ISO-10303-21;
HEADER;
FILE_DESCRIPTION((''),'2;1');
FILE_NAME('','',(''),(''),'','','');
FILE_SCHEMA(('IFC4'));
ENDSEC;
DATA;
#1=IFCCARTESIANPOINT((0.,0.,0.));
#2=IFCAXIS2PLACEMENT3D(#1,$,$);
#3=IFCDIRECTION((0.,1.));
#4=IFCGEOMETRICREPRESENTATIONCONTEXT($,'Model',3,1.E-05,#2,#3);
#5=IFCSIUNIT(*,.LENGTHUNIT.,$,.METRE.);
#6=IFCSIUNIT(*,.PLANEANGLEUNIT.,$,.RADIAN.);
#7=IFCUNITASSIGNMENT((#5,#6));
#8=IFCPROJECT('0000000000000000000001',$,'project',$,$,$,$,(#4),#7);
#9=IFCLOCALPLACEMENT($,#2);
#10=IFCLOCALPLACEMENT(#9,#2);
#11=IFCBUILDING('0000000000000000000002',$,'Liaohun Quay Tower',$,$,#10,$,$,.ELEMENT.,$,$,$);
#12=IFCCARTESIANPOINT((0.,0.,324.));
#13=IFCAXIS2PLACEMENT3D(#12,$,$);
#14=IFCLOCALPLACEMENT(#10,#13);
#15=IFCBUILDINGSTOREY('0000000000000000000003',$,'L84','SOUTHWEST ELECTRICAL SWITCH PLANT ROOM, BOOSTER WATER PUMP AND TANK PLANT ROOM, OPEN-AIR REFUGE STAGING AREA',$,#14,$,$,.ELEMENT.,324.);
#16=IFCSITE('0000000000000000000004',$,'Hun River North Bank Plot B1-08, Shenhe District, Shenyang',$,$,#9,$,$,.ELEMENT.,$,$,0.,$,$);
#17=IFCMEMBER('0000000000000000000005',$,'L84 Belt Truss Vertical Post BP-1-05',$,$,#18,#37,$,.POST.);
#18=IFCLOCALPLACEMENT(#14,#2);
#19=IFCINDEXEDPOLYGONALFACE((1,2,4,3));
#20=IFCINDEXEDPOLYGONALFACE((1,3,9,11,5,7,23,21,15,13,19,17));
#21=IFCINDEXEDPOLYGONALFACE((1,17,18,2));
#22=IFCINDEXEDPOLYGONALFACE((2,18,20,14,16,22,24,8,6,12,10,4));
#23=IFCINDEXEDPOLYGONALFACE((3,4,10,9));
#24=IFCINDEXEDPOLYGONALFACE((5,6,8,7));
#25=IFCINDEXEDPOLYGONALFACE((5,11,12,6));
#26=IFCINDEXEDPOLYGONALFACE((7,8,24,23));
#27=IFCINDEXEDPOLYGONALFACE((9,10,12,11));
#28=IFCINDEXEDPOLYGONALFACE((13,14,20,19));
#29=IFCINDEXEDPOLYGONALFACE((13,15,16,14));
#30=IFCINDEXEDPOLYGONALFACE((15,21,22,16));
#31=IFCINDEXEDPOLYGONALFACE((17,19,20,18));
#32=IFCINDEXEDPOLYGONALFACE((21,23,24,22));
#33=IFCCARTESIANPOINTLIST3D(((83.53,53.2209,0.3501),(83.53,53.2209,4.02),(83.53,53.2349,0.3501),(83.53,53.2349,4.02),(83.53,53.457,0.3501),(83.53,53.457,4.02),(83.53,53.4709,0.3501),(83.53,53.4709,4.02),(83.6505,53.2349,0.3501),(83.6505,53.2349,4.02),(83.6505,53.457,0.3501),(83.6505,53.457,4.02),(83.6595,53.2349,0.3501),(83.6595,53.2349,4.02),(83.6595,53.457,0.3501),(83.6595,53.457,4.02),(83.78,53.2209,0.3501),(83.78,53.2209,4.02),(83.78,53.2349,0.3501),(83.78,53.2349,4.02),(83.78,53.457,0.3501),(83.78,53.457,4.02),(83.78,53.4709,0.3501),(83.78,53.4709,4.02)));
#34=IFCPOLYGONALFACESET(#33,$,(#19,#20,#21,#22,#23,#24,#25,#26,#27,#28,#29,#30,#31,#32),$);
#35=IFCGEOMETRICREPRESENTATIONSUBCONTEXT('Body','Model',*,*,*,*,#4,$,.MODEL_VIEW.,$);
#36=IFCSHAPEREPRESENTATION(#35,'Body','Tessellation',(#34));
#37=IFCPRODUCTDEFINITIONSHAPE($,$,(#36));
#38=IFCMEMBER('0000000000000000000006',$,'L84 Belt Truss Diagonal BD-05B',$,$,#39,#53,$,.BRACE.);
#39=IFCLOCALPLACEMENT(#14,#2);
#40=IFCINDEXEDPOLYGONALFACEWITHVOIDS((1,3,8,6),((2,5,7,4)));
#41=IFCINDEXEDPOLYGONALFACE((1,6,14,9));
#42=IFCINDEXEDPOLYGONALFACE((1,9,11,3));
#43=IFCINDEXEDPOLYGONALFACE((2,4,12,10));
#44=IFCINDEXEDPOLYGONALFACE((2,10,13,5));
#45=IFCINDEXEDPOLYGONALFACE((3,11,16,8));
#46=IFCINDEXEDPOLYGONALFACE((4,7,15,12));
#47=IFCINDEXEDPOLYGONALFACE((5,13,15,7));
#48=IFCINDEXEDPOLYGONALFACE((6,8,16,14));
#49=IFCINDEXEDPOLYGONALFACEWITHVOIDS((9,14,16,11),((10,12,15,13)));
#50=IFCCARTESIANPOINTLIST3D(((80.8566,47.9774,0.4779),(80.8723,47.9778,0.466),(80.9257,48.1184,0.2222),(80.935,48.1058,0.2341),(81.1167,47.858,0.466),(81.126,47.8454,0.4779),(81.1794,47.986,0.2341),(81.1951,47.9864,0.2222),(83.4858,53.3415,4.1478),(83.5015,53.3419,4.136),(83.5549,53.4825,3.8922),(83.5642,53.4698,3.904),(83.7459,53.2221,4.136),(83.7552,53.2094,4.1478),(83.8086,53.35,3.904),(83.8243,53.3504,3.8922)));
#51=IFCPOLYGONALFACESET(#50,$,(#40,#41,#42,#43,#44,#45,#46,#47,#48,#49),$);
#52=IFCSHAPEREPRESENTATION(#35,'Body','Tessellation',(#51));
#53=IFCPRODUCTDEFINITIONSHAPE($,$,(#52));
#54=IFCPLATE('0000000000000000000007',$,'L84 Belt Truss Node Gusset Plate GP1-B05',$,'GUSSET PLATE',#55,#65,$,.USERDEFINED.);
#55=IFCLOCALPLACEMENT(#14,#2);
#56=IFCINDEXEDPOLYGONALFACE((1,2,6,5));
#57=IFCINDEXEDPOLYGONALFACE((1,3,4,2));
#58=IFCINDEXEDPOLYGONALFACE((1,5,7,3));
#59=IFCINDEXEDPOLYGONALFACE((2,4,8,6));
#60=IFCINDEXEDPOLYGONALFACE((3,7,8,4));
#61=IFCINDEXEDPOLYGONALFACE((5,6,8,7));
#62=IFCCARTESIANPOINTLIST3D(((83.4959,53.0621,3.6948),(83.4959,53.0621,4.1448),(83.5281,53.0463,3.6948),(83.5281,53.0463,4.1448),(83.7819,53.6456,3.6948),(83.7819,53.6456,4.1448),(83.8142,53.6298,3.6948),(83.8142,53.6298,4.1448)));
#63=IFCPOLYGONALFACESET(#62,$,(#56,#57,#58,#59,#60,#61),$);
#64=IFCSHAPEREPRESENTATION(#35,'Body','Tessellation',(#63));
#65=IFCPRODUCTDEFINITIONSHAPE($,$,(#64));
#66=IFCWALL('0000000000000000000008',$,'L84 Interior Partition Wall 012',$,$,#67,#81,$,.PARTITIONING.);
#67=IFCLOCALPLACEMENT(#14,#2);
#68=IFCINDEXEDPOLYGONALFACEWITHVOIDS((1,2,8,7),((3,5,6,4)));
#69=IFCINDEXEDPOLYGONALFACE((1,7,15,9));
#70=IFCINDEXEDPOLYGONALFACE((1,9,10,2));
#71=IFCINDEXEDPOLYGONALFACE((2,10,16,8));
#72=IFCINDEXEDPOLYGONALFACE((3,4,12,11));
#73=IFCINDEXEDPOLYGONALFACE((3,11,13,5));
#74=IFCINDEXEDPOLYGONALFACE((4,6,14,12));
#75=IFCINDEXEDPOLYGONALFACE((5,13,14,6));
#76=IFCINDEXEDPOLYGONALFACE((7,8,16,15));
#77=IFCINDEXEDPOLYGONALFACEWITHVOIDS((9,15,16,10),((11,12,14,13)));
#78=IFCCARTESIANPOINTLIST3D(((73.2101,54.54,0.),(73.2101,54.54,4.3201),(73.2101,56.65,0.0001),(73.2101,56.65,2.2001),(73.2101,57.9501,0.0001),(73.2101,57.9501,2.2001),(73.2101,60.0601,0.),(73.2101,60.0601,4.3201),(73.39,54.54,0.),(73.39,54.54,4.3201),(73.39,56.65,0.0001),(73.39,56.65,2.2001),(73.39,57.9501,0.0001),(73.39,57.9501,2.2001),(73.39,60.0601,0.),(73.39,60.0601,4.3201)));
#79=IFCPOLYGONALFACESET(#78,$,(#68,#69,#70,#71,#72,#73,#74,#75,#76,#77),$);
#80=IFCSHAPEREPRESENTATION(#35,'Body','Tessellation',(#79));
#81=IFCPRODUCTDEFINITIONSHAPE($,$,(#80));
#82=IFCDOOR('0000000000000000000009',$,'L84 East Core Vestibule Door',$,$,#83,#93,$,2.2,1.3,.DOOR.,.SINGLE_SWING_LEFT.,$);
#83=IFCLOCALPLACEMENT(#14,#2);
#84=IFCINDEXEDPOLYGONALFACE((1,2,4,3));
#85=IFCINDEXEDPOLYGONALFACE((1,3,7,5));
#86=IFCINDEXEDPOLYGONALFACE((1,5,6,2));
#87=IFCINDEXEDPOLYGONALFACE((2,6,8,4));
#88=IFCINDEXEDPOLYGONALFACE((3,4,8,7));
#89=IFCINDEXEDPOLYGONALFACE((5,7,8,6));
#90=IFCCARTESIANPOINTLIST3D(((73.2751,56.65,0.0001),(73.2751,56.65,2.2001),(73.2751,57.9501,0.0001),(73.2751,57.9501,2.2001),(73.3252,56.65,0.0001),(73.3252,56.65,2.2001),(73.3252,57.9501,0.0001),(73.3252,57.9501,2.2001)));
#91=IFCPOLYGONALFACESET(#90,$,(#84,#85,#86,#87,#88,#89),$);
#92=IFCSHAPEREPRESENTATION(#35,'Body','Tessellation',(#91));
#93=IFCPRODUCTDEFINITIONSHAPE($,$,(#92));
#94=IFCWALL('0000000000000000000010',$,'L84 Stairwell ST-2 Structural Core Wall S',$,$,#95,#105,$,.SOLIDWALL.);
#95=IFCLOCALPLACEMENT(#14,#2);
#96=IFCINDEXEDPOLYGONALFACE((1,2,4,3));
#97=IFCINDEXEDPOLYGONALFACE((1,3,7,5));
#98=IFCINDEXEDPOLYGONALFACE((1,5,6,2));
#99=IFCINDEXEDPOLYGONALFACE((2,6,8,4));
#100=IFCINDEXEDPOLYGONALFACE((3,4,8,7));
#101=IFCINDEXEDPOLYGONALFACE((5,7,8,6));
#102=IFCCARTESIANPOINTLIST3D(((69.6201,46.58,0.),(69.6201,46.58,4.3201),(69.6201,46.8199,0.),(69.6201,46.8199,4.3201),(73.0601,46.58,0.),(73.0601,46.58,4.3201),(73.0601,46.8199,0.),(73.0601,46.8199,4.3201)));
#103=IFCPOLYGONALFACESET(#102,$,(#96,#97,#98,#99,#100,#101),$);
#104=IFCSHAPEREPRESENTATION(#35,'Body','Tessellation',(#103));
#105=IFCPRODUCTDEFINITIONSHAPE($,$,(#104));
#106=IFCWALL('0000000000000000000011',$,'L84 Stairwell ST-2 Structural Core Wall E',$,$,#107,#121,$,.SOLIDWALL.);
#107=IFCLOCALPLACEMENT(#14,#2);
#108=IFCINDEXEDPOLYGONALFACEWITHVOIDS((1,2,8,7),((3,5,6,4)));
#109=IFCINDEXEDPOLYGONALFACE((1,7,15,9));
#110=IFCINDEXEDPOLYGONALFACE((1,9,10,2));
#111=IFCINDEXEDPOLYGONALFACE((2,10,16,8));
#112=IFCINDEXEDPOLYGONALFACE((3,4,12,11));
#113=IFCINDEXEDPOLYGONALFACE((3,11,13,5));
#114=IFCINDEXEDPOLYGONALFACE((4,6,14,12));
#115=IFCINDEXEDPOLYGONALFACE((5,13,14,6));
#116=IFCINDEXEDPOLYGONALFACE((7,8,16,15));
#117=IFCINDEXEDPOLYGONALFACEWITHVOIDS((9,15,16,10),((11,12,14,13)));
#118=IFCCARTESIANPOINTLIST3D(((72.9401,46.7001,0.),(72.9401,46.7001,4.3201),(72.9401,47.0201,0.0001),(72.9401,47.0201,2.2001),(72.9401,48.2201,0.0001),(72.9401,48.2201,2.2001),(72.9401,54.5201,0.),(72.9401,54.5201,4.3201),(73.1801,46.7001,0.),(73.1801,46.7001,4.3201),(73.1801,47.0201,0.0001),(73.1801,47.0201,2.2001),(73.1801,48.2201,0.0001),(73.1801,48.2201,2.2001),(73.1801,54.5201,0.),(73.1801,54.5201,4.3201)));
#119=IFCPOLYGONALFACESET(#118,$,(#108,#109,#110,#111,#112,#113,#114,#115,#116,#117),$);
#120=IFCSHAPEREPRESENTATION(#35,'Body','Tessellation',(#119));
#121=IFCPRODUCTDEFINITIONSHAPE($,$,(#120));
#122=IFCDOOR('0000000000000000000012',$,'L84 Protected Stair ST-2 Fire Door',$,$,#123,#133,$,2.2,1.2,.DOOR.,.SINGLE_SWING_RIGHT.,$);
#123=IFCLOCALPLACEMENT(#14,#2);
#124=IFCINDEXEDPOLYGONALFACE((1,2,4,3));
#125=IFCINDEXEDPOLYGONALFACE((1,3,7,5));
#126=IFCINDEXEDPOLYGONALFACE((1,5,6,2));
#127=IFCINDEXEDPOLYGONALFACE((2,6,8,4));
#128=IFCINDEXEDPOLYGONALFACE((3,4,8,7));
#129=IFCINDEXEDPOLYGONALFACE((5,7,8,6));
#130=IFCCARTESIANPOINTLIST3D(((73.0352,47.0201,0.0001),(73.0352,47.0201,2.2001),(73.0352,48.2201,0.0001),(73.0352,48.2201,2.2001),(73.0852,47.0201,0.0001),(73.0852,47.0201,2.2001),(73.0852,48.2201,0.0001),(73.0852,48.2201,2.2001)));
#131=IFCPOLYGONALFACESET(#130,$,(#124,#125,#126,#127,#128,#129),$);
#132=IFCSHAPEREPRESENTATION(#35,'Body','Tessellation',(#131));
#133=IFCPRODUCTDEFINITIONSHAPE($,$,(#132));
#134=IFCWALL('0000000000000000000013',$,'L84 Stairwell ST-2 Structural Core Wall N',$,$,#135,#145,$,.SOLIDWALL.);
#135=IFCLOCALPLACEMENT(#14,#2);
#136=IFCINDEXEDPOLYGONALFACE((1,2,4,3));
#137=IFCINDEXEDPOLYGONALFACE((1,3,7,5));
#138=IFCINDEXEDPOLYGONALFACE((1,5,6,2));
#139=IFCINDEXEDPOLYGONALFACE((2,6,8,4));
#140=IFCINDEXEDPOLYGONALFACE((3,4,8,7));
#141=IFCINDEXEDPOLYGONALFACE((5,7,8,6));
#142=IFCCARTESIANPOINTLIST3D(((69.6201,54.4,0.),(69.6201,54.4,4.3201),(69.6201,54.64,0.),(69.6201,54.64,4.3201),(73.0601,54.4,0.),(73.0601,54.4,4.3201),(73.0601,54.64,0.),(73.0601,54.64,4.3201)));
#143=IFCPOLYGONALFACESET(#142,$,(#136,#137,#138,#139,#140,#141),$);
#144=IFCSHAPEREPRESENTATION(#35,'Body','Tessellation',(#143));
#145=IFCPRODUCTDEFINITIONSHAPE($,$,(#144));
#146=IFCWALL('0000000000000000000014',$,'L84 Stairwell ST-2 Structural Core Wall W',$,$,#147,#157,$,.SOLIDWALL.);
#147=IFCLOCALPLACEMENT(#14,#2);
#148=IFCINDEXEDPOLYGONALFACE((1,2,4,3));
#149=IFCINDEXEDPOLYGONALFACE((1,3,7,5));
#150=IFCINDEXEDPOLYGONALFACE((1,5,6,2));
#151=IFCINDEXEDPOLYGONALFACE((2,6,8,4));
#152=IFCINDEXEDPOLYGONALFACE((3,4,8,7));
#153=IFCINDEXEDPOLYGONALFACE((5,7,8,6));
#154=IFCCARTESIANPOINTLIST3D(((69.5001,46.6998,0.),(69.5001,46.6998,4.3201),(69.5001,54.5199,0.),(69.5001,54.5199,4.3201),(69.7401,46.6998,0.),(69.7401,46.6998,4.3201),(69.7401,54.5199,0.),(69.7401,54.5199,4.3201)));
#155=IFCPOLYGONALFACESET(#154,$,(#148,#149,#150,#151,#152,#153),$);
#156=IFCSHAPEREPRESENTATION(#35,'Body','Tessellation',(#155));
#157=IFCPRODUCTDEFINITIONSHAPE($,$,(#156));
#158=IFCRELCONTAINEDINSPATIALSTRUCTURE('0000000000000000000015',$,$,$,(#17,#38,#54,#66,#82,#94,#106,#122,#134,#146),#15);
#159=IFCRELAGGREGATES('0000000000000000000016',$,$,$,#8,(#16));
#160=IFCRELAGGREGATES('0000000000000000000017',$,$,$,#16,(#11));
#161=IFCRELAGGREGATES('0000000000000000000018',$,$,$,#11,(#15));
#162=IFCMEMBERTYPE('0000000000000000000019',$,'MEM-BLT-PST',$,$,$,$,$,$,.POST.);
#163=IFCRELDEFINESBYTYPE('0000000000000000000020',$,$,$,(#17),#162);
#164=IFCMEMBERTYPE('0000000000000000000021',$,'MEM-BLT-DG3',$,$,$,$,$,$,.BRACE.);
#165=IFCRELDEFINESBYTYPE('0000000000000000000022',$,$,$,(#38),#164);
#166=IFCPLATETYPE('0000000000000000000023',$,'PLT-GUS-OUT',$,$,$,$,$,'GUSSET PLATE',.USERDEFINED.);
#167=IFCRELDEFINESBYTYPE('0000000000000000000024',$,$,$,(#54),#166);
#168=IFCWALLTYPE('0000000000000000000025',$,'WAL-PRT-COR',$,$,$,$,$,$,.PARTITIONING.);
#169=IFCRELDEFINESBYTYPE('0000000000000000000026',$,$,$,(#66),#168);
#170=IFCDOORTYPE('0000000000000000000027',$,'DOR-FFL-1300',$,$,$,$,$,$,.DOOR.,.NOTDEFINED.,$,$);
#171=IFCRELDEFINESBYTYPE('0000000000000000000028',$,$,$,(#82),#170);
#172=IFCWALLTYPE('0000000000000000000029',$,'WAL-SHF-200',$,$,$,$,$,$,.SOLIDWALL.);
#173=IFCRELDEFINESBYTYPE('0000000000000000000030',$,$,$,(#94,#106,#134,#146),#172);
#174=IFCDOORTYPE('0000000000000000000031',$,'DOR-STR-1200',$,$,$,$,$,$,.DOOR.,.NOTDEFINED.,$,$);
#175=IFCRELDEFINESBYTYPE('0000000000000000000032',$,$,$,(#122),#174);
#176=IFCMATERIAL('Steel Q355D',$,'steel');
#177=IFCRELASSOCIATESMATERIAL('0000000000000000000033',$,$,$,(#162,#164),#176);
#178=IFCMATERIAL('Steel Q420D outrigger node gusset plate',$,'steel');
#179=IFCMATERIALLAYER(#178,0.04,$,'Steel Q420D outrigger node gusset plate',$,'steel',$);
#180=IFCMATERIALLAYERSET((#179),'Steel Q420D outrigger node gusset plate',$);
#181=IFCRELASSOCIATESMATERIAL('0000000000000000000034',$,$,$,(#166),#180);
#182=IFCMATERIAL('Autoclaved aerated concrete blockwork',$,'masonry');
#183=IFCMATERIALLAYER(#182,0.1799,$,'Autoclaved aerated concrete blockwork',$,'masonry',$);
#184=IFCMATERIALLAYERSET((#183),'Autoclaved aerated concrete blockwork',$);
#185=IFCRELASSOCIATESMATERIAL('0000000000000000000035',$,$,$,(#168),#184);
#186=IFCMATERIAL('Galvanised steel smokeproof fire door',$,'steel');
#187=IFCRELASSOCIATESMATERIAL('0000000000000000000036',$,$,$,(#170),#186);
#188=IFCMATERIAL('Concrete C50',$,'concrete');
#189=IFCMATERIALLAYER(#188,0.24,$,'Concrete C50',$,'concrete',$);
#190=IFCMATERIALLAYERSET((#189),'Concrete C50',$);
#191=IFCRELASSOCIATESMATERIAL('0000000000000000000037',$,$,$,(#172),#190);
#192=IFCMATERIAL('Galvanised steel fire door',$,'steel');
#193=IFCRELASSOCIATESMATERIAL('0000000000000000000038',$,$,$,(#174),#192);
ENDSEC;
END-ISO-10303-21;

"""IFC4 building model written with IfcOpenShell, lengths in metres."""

from ifc_helpers import new_model, si_unit, direction, frame, frame_2d, origin, origin_2d, place, context, subcontext, project, spatial, rectangle, hollow_rectangle, i_section, extrude, source, transform, mapped, material, layer, layer_set, material_profile, profile_set, type_object, element, fill, save


model = new_model("IFC4")

# Units and contexts
model_context = context("Model", 3, precision=1e-05, world=origin(), true_north=direction((0.0, 1.0)))
body_context = subcontext(model_context, "Body", "Model", "MODEL_VIEW")
ifc_project = project(units=[si_unit("LENGTHUNIT", "METRE"), si_unit("PLANEANGLEUNIT", "RADIAN")], contexts=[model_context])

# Site, building, storey
site_placement = place(None, origin())
site = spatial("IfcSite", under=ifc_project, at=site_placement, Name="Hun River North Bank Plot B1-08, Shenhe District, Shenyang", CompositionType="ELEMENT", RefElevation=0.0)
building_placement = place(site_placement, origin())
building = spatial("IfcBuilding", under=site, at=building_placement, Name="Liaohun Quay Tower", CompositionType="ELEMENT")
storey_placement = place(building_placement, frame((0.0, 0.0, 324.0)))
storey = spatial("IfcBuildingStorey", under=building, at=storey_placement, Name="L84", Description="SOUTHWEST ELECTRICAL SWITCH PLANT ROOM, BOOSTER WATER PUMP AND TANK PLANT ROOM, OPEN-AIR REFUGE STAGING AREA", CompositionType="ELEMENT", Elevation=324.0)

# Members
ifc_material_1 = material(Name="Steel Q355D", Category="steel")
ifc_material_profile_1 = material_profile(ifc_material_1, i_section(OverallWidth=0.25, OverallDepth=0.25, WebThickness=0.009, FlangeThickness=0.0139, at=origin_2d()), Name="HW250x250x9x14")
ifc_profile_set_1 = profile_set([ifc_material_profile_1], Name="Steel Q355D")
member_type_1 = type_object("IfcMemberType", Name="MEM-BLT-PST", PredefinedType="POST", material=ifc_profile_set_1)
shared_shape_1 = source(origin(), body_context, "Body", "SweptSolid", [
    extrude(i_section(OverallWidth=0.25, OverallDepth=0.25, WebThickness=0.009, FlangeThickness=0.0139, at=origin_2d()), origin(), (0.0, 0.0, 1.0), 3.6699),
])
member_1_placement = place(storey_placement, frame((83.655, 53.3459, 0.3501), z_axis=(0.0, 0.0, 1.0), x_axis=(1.0, 0.0, 0.0)))
element("IfcMember", 1, at=member_1_placement, inside=storey, type_object=member_type_1, Name="L84 Belt Truss Vertical Post BP-1-05", PredefinedType="POST", context=body_context, shape_type="MappedRepresentation", body=[
    mapped(shared_shape_1, transform((0.0, 0.0, 0.0), x_axis=(1.0, 0.0, 0.0), y_axis=(0.0, 1.0, 0.0), z_axis=(0.0, 0.0, 1.0), scale=1.0)),
])
ifc_material_profile_2 = material_profile(ifc_material_1, hollow_rectangle(XDim=0.3, YDim=0.3, WallThickness=0.0139, at=origin_2d()), Name="SHS300x300x14")
ifc_profile_set_2 = profile_set([ifc_material_profile_2], Name="Steel Q355D")
member_type_2 = type_object("IfcMemberType", Name="MEM-BLT-DG3", PredefinedType="BRACE", material=ifc_profile_set_2)
shared_shape_2 = source(origin(), body_context, "Body", "SweptSolid", [
    extrude(hollow_rectangle(XDim=0.3, YDim=0.3, WallThickness=0.0139, at=origin_2d()), origin(), (0.0, 0.0, 1.0), 7.011),
])
member_2_placement = place(storey_placement, frame((83.655, 53.3459, 4.02), z_axis=(-0.375006, -0.765091, -0.523456), x_axis=(0.897938, -0.440121, 0.0)))
element("IfcMember", 2, at=member_2_placement, inside=storey, type_object=member_type_2, Name="L84 Belt Truss Diagonal BD-05B", PredefinedType="BRACE", context=body_context, shape_type="MappedRepresentation", body=[
    mapped(shared_shape_2, transform((0.0, 0.0, 0.0), x_axis=(1.0, 0.0, 0.0), y_axis=(0.0, 1.0, 0.0), z_axis=(0.0, 0.0, 1.0), scale=1.0)),
])

# Plate
ifc_material_2 = material(Name="Steel Q420D outrigger node gusset plate", Category="steel")
ifc_layer_1 = layer(ifc_material_2, 0.04, Name="Steel Q420D outrigger node gusset plate", Category="steel")
ifc_layer_set_1 = layer_set([ifc_layer_1], Name="Steel Q420D outrigger node gusset plate")
plate_type = type_object("IfcPlateType", Name="PLT-GUS-OUT", ElementType="GUSSET PLATE", PredefinedType="USERDEFINED", material=ifc_layer_set_1)
shared_shape_3 = source(origin(), body_context, "Body", "SweptSolid", [
    extrude(rectangle(XDim=0.6499, YDim=0.0359, at=origin_2d()), origin(), (0.0, 0.0, 1.0), 0.45),
])
plate_placement = place(storey_placement, frame((83.655, 53.3459, 3.6948), z_axis=(0.0, 0.0, 1.0), x_axis=(-0.440096, -0.897951, 0.0)))
element("IfcPlate", 3, at=plate_placement, inside=storey, type_object=plate_type, Name="L84 Belt Truss Node Gusset Plate GP1-B05", ObjectType="GUSSET PLATE", PredefinedType="USERDEFINED", context=body_context, shape_type="MappedRepresentation", body=[
    mapped(shared_shape_3, transform((0.0, 0.0, 0.0), x_axis=(1.0, 0.0, 0.0), y_axis=(0.0, 1.0, 0.0), z_axis=(0.0, 0.0, 1.0), scale=1.0)),
])

# Wall, opening, door
ifc_material_3 = material(Name="Autoclaved aerated concrete blockwork", Category="masonry")
ifc_layer_2 = layer(ifc_material_3, 0.1799, Name="Autoclaved aerated concrete blockwork", Category="masonry")
ifc_layer_set_2 = layer_set([ifc_layer_2], Name="Autoclaved aerated concrete blockwork")
wall_type_1 = type_object("IfcWallType", Name="WAL-PRT-COR", PredefinedType="PARTITIONING", material=ifc_layer_set_2)
wall_1_placement = place(storey_placement, frame((73.3, 54.54, 0.0), z_axis=(0.0, 0.0, 1.0), x_axis=(0.0, 1.0, 0.0)))
wall_1 = element("IfcWall", 4, at=wall_1_placement, inside=storey, type_object=wall_type_1, Name="L84 Interior Partition Wall 012", PredefinedType="PARTITIONING", context=body_context, shape_type="SweptSolid", body=[
    extrude(rectangle(XDim=5.52, YDim=0.1799, at=frame_2d((2.76, 0.0))), origin(), (0.0, 0.0, 1.0), 4.3201),
])
shared_shape_4 = source(origin(), body_context, "Body", "SweptSolid", [
    extrude(rectangle(XDim=1.3, YDim=2.2, at=frame_2d((0.6499, 1.1001))), frame((0.0, 0.0999, 0.0), z_axis=(0.0, -1.0, 0.0), x_axis=(1.0, 0.0, 0.0)), (0.0, 0.0, 1.0), 0.2),
])
opening_1_placement = place(wall_1_placement, frame((2.1101, 0.0, 0.0)))
opening_1 = element("IfcOpeningElement", 5, at=opening_1_placement, cuts=wall_1, PredefinedType="OPENING", context=body_context, shape_type="MappedRepresentation", body=[
    mapped(shared_shape_4, transform((0.0, 0.0, 0.0), x_axis=(1.0, 0.0, 0.0), y_axis=(0.0, 1.0, 0.0), z_axis=(0.0, 0.0, 1.0), scale=1.0)),
])
ifc_material_4 = material(Name="Galvanised steel smokeproof fire door", Category="steel")
door_type_1 = type_object("IfcDoorType", Name="DOR-FFL-1300", OperationType="NOTDEFINED", PredefinedType="DOOR", material=ifc_material_4)
shared_shape_5 = source(origin(), body_context, "Body", "SweptSolid", [
    extrude(rectangle(XDim=1.3, YDim=2.2, at=frame_2d((0.6499, 1.1001))), frame((0.0, 0.0249, 0.0), z_axis=(0.0, -1.0, 0.0), x_axis=(1.0, 0.0, 0.0)), (0.0, 0.0, 1.0), 0.05),
])
door_1_placement = place(opening_1_placement, origin())
door_1 = element("IfcDoor", 6, at=door_1_placement, inside=storey, type_object=door_type_1, Name="L84 East Core Vestibule Door", OperationType="SINGLE_SWING_LEFT", OverallHeight=2.2, OverallWidth=1.3, PredefinedType="DOOR", context=body_context, shape_type="MappedRepresentation", body=[
    mapped(shared_shape_5, transform((0.0, 0.0, 0.0), x_axis=(1.0, 0.0, 0.0), y_axis=(0.0, 1.0, 0.0), z_axis=(0.0, 0.0, 1.0), scale=1.0)),
])
fill(opening_1, door_1)

# Wall
ifc_material_5 = material(Name="Concrete C50", Category="concrete")
ifc_layer_3 = layer(ifc_material_5, 0.24, Name="Concrete C50", Category="concrete")
ifc_layer_set_3 = layer_set([ifc_layer_3], Name="Concrete C50")
wall_type_2 = type_object("IfcWallType", Name="WAL-SHF-200", PredefinedType="SOLIDWALL", material=ifc_layer_set_3)
wall_2_placement = place(storey_placement, frame((69.6201, 46.7, 0.0), z_axis=(0.0, 0.0, 1.0), x_axis=(1.0, 0.0, 0.0)))
element("IfcWall", 7, at=wall_2_placement, inside=storey, type_object=wall_type_2, Name="L84 Stairwell ST-2 Structural Core Wall S", PredefinedType="SOLIDWALL", context=body_context, shape_type="SweptSolid", body=[
    extrude(rectangle(XDim=3.4399, YDim=0.24, at=frame_2d((1.72, 0.0))), origin(), (0.0, 0.0, 1.0), 4.3201),
])

# Wall, opening, door
wall_3_placement = place(storey_placement, frame((73.0601, 46.7, 0.0), z_axis=(0.0, 0.0, 1.0), x_axis=(0.0, 1.0, 0.0)))
wall_3 = element("IfcWall", 8, at=wall_3_placement, inside=storey, type_object=wall_type_2, Name="L84 Stairwell ST-2 Structural Core Wall E", PredefinedType="SOLIDWALL", context=body_context, shape_type="SweptSolid", body=[
    extrude(rectangle(XDim=7.8201, YDim=0.24, at=frame_2d((3.9102, 0.0))), origin(), (0.0, 0.0, 1.0), 4.3201),
])
shared_shape_6 = source(origin(), body_context, "Body", "SweptSolid", [
    extrude(rectangle(XDim=1.2, YDim=2.2, at=frame_2d((0.6001, 1.1001))), frame((0.0, 0.1299, 0.0), z_axis=(0.0, -1.0, 0.0), x_axis=(1.0, 0.0, 0.0)), (0.0, 0.0, 1.0), 0.26),
])
opening_2_placement = place(wall_3_placement, frame((0.3201, 0.0, 0.0)))
opening_2 = element("IfcOpeningElement", 9, at=opening_2_placement, cuts=wall_3, PredefinedType="OPENING", context=body_context, shape_type="MappedRepresentation", body=[
    mapped(shared_shape_6, transform((0.0, 0.0, 0.0), x_axis=(1.0, 0.0, 0.0), y_axis=(0.0, 1.0, 0.0), z_axis=(0.0, 0.0, 1.0), scale=1.0)),
])
ifc_material_6 = material(Name="Galvanised steel fire door", Category="steel")
door_type_2 = type_object("IfcDoorType", Name="DOR-STR-1200", OperationType="NOTDEFINED", PredefinedType="DOOR", material=ifc_material_6)
shared_shape_7 = source(origin(), body_context, "Body", "SweptSolid", [
    extrude(rectangle(XDim=1.2, YDim=2.2, at=frame_2d((0.6001, 1.1001))), frame((0.0, 0.0249, 0.0), z_axis=(0.0, -1.0, 0.0), x_axis=(1.0, 0.0, 0.0)), (0.0, 0.0, 1.0), 0.05),
])
door_2_placement = place(opening_2_placement, origin())
door_2 = element("IfcDoor", 10, at=door_2_placement, inside=storey, type_object=door_type_2, Name="L84 Protected Stair ST-2 Fire Door", OperationType="SINGLE_SWING_RIGHT", OverallHeight=2.2, OverallWidth=1.2, PredefinedType="DOOR", context=body_context, shape_type="MappedRepresentation", body=[
    mapped(shared_shape_7, transform((0.0, 0.0, 0.0), x_axis=(1.0, 0.0, 0.0), y_axis=(0.0, 1.0, 0.0), z_axis=(0.0, 0.0, 1.0), scale=1.0)),
])
fill(opening_2, door_2)

# Walls
wall_4_placement = place(storey_placement, frame((73.0601, 54.52, 0.0), z_axis=(0.0, 0.0, 1.0), x_axis=(-1.0, 0.0, 0.0)))
element("IfcWall", 11, at=wall_4_placement, inside=storey, type_object=wall_type_2, Name="L84 Stairwell ST-2 Structural Core Wall N", PredefinedType="SOLIDWALL", context=body_context, shape_type="SweptSolid", body=[
    extrude(rectangle(XDim=3.4399, YDim=0.24, at=frame_2d((1.72, 0.0))), origin(), (0.0, 0.0, 1.0), 4.3201),
])
wall_5_placement = place(storey_placement, frame((69.6201, 54.52, 0.0), z_axis=(0.0, 0.0, 1.0), x_axis=(0.0, -1.0, 0.0)))
element("IfcWall", 12, at=wall_5_placement, inside=storey, type_object=wall_type_2, Name="L84 Stairwell ST-2 Structural Core Wall W", PredefinedType="SOLIDWALL", context=body_context, shape_type="SweptSolid", body=[
    extrude(rectangle(XDim=7.8201, YDim=0.24, at=frame_2d((3.9102, 0.0))), origin(), (0.0, 0.0, 1.0), 4.3201),
])

save(model, "model.ifc")
